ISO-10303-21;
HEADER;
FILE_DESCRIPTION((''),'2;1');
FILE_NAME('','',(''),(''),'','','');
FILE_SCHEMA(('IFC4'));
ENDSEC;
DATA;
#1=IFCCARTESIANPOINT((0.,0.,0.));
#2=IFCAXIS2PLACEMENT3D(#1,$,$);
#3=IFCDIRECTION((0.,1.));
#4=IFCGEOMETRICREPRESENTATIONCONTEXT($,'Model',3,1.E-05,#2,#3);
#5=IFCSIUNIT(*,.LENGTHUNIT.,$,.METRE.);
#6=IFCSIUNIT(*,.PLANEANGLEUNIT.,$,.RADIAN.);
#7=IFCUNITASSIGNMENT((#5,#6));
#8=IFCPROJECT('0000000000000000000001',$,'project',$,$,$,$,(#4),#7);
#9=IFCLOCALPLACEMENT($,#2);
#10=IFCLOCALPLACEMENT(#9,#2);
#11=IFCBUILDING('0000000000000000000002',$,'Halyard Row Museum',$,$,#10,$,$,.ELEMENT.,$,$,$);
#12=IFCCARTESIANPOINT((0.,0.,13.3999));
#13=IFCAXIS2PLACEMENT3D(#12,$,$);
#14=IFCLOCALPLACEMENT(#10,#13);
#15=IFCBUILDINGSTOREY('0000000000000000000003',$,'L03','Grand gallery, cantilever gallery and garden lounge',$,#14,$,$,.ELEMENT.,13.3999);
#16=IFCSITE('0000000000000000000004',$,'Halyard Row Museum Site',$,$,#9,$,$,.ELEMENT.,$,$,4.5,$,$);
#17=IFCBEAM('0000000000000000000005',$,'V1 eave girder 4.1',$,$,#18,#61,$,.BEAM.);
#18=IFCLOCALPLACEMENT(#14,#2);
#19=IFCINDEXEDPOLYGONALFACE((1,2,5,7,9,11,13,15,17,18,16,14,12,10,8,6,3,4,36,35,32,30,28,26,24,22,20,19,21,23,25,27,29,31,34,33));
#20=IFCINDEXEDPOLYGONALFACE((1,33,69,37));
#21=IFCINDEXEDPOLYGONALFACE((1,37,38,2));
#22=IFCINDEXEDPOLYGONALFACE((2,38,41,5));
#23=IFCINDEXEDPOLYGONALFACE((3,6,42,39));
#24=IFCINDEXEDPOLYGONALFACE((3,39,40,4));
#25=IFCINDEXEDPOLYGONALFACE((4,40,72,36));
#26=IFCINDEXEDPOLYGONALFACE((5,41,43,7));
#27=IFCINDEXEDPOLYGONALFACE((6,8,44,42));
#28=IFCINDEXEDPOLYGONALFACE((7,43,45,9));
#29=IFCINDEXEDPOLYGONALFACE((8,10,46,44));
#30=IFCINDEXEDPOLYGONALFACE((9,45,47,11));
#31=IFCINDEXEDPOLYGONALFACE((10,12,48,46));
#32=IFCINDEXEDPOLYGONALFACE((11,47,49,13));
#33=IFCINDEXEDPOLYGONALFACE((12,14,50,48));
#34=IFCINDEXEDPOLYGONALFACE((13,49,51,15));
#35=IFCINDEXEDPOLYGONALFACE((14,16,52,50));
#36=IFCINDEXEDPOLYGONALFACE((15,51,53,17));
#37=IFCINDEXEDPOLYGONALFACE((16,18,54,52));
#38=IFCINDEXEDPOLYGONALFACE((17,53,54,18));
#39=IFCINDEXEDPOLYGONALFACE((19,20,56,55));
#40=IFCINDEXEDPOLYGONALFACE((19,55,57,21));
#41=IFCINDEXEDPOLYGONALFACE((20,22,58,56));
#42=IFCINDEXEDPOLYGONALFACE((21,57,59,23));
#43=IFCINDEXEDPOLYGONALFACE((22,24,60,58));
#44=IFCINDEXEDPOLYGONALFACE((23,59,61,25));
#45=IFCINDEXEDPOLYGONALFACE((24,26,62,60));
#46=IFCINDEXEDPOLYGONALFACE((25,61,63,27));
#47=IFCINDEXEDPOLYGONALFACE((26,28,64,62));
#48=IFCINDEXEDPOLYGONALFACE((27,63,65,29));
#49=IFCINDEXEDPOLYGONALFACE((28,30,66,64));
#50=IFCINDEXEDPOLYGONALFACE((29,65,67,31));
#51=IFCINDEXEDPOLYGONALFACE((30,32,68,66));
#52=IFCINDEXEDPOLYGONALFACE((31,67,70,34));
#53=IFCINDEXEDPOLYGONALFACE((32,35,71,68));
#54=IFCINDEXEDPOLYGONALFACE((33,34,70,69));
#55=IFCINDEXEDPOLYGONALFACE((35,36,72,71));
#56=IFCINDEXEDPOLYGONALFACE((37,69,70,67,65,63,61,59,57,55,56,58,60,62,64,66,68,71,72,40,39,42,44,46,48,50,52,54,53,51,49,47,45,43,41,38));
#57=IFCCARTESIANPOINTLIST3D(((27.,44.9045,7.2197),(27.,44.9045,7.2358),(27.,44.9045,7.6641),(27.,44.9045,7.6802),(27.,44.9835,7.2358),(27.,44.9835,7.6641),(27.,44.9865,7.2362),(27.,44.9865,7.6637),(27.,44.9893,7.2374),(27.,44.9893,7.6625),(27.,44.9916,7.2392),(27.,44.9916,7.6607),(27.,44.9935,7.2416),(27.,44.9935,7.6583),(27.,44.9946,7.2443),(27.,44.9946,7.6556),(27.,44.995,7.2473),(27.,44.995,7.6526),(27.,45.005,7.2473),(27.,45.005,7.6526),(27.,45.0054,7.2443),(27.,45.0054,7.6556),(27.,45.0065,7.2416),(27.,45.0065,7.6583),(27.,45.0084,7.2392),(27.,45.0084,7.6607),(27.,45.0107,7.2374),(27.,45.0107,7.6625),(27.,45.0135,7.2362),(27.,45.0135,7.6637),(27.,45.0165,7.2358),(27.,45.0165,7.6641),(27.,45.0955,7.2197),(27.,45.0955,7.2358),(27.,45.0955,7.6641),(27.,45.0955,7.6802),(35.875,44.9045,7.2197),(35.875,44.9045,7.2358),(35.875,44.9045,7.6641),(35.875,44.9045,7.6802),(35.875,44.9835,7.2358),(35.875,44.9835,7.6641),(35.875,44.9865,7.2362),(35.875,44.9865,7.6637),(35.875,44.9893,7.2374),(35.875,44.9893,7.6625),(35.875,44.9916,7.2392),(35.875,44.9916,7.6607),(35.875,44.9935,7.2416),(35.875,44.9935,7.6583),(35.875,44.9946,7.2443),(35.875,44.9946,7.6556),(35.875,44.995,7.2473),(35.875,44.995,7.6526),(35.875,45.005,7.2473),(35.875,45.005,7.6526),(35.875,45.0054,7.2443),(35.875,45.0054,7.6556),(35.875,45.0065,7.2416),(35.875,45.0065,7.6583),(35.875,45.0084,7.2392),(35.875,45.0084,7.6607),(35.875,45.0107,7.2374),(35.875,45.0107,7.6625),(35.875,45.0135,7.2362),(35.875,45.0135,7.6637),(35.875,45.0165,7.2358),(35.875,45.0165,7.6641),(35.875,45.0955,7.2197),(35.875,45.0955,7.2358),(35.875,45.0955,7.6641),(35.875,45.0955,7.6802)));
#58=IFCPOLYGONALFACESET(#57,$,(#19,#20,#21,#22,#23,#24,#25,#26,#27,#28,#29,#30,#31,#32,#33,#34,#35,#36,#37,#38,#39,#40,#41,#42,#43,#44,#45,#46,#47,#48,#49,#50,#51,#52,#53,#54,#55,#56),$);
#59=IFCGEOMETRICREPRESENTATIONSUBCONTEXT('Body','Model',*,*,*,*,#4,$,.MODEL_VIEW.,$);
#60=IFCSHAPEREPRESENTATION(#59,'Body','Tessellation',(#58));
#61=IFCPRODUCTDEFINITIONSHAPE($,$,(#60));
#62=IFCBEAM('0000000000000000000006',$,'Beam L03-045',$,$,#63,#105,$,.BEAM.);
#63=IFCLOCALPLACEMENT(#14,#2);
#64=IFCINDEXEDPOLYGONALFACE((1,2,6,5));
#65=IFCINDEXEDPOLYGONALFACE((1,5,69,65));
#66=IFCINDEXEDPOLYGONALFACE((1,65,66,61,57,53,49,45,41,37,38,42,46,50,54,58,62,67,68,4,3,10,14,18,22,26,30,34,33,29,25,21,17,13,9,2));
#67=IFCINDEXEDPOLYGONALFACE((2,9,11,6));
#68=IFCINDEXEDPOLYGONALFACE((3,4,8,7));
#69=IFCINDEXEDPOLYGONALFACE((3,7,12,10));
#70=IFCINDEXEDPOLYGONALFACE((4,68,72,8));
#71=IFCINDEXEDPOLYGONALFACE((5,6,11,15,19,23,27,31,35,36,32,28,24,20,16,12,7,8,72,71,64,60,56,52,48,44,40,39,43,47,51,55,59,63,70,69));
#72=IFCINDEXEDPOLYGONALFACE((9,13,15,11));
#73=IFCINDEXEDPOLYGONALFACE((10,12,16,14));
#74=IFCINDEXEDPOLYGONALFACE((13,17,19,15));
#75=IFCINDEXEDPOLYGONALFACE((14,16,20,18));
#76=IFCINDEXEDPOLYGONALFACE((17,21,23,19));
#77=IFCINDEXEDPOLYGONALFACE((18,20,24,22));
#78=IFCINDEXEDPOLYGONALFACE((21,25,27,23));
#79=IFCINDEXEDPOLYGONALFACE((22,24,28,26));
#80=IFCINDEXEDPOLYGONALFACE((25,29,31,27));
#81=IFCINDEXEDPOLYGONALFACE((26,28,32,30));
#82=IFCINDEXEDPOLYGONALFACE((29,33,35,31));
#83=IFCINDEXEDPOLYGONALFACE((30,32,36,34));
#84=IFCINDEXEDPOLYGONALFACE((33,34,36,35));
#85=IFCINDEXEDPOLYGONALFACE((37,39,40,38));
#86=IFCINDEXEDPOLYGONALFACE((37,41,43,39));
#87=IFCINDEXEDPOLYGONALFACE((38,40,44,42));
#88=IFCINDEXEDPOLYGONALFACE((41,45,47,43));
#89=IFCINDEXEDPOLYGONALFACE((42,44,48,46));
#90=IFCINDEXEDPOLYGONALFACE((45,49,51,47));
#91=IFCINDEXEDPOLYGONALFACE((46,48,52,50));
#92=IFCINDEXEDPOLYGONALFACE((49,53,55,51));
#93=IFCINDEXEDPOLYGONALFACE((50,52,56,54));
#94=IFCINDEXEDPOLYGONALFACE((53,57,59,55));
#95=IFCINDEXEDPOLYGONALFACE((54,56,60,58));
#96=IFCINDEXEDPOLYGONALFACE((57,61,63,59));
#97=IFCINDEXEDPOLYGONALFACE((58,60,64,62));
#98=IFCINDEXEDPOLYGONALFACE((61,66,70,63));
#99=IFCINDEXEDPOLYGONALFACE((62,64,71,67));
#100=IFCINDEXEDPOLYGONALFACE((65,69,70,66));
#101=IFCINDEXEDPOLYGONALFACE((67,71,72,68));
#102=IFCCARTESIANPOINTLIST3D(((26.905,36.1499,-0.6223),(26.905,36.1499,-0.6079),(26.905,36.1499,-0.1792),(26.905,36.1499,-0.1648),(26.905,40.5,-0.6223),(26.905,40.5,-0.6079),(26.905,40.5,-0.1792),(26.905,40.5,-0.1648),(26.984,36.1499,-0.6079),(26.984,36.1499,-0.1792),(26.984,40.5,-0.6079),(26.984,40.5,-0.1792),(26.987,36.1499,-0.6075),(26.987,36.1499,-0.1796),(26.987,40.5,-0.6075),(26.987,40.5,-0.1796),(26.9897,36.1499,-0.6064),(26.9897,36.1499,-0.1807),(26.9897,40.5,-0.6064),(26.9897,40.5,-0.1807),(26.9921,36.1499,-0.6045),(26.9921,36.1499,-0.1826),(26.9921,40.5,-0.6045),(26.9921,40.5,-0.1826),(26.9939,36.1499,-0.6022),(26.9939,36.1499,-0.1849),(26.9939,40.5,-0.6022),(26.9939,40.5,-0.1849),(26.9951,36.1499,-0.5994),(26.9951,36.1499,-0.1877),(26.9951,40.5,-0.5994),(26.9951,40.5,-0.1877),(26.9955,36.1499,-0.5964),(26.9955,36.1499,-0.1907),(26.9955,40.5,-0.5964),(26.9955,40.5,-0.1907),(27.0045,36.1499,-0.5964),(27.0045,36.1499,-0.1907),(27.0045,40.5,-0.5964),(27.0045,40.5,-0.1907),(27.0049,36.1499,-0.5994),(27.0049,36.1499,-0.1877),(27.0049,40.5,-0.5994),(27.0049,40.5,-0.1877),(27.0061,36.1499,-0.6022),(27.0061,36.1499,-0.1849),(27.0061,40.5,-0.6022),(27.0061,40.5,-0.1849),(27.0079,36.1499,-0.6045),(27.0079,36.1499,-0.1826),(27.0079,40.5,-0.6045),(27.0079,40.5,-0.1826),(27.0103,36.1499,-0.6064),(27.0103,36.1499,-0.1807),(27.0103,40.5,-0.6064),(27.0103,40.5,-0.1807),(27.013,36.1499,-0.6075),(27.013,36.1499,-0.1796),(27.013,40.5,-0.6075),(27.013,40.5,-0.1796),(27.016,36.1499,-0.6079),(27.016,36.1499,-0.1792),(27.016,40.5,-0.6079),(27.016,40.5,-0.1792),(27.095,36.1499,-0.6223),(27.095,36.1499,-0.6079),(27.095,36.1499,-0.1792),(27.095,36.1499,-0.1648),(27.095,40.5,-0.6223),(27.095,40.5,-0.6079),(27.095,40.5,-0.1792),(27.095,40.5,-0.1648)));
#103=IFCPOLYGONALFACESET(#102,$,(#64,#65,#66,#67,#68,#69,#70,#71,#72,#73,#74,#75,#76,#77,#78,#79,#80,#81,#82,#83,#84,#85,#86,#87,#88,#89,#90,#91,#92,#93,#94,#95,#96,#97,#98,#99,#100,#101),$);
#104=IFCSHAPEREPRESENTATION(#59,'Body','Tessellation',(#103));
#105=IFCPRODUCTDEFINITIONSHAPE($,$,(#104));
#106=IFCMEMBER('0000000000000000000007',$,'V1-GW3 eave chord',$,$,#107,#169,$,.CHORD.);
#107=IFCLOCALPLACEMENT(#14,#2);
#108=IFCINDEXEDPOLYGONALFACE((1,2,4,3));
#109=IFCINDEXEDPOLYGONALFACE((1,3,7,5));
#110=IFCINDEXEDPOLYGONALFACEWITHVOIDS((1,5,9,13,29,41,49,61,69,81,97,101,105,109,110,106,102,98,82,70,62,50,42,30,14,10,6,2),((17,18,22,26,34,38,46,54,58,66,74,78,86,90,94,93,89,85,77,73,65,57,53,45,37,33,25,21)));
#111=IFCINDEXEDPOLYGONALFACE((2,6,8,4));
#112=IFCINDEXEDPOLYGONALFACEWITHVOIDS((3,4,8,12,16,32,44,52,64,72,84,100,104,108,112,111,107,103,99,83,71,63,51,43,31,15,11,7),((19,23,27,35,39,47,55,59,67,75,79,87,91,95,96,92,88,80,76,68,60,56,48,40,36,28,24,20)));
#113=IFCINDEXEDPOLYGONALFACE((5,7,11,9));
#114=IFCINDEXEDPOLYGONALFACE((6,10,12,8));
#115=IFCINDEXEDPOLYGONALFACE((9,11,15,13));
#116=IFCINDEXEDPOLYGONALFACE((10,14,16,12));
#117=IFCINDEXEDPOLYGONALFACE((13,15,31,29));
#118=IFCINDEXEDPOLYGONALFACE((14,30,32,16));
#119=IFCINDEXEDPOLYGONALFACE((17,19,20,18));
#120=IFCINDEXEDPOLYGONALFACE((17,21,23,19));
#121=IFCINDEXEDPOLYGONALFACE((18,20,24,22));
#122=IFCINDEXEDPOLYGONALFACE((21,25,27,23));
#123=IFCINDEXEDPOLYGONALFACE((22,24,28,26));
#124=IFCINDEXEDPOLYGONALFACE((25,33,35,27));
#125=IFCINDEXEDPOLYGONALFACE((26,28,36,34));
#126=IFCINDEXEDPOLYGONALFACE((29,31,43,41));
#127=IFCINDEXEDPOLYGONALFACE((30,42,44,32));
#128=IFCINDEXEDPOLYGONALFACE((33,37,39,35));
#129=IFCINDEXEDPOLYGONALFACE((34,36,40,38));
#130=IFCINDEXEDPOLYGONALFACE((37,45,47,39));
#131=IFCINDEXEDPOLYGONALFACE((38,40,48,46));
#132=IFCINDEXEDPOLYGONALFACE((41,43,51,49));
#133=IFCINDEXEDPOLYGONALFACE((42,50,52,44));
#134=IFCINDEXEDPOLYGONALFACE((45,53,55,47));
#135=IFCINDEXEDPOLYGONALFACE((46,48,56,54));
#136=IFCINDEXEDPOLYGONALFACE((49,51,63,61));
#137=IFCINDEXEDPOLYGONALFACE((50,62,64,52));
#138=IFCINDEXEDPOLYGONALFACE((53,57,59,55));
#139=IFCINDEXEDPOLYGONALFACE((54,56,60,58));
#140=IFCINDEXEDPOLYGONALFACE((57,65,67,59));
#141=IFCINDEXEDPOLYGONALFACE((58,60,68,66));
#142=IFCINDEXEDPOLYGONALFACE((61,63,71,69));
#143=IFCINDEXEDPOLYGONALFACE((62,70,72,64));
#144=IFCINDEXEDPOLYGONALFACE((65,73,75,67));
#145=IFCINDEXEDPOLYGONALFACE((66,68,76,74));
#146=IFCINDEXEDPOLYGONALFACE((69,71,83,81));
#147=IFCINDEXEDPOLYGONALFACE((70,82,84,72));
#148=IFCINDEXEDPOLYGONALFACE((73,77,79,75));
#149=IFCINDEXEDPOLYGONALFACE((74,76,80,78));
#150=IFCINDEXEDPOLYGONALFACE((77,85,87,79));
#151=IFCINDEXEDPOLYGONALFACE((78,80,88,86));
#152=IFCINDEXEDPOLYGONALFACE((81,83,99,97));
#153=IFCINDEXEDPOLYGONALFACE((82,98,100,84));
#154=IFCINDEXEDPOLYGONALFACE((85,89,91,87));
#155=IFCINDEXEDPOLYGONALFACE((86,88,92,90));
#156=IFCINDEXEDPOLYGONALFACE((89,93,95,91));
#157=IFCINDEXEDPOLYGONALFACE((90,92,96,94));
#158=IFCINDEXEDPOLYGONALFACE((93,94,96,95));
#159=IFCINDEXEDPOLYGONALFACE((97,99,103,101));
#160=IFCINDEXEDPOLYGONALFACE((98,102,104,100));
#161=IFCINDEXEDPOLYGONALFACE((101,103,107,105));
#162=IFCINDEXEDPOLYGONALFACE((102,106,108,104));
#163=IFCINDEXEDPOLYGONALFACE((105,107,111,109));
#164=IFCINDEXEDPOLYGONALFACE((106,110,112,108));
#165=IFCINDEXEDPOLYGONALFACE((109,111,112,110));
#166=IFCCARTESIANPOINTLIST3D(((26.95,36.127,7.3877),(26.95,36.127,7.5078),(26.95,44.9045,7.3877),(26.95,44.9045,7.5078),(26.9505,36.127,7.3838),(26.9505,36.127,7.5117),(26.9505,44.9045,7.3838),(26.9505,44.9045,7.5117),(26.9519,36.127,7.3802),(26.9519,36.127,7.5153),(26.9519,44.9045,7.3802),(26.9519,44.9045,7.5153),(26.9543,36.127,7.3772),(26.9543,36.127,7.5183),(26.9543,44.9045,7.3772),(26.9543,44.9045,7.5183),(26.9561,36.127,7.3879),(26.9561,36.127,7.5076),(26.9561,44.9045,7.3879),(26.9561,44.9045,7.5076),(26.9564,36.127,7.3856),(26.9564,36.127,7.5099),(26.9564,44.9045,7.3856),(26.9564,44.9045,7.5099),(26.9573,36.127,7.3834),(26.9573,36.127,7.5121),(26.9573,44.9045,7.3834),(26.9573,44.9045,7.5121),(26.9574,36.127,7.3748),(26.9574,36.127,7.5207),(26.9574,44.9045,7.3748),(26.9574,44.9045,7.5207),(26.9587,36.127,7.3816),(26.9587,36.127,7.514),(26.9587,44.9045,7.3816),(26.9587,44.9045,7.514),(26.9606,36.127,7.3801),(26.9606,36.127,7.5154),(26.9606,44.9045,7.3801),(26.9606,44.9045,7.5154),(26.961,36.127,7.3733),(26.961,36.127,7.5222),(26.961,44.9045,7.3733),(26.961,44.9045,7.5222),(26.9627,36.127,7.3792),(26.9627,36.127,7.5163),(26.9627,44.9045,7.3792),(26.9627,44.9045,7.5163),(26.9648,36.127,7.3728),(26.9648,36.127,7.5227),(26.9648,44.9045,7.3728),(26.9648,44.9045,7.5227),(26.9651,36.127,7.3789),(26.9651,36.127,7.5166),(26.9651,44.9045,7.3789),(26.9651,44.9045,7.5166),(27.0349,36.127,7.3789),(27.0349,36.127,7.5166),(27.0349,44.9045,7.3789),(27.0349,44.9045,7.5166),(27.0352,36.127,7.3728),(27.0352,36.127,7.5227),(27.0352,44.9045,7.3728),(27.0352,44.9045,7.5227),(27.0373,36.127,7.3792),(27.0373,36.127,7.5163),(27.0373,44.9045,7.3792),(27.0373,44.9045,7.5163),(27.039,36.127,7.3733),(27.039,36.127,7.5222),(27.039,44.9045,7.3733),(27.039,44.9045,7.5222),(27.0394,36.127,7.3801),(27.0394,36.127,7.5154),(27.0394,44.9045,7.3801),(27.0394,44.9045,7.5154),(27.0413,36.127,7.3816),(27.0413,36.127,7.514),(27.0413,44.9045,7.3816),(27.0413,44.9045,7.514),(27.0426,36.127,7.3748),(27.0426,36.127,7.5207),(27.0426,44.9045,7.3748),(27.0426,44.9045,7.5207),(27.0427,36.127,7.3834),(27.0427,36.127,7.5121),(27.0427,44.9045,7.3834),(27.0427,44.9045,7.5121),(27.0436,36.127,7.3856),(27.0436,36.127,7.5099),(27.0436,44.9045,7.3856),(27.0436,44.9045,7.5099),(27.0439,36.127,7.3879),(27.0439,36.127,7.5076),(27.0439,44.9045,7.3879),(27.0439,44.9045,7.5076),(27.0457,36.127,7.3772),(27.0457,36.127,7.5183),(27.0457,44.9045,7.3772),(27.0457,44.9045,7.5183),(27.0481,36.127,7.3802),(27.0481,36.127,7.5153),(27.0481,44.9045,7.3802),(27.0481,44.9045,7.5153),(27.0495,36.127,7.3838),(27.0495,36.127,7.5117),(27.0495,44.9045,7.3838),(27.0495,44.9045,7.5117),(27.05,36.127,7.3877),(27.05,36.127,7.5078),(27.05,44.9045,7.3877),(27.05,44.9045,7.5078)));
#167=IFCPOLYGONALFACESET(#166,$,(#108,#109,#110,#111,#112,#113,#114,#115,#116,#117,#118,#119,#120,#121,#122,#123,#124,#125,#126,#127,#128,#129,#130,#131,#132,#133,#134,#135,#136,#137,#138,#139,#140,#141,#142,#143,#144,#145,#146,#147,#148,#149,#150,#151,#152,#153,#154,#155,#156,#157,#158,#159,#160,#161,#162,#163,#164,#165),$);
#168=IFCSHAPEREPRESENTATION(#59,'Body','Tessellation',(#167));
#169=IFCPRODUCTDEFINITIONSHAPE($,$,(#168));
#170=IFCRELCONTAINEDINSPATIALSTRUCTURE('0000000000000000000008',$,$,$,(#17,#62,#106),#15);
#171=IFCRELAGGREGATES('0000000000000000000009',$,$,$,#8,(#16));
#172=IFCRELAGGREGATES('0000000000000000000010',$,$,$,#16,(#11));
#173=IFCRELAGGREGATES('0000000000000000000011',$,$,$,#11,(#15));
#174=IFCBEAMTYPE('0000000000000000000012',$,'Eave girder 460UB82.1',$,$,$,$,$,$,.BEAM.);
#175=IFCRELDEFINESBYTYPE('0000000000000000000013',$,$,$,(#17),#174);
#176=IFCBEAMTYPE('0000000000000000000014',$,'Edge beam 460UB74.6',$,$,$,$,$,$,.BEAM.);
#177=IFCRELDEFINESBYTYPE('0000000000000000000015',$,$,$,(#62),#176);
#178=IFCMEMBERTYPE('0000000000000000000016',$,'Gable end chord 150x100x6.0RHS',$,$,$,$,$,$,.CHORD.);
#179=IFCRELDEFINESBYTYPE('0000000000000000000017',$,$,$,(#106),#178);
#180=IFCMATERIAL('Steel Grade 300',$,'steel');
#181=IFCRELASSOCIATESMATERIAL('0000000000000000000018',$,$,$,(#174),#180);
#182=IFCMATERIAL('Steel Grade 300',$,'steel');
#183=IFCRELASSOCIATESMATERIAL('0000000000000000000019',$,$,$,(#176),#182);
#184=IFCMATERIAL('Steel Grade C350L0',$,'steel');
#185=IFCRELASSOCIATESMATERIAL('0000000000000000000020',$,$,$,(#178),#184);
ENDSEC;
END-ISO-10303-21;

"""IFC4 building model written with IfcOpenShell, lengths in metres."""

from ifc_helpers import new_model, si_unit, direction, frame, origin, origin_2d, place, context, subcontext, project, spatial, hollow_rectangle, i_section, extrude, material, material_profile, profile_set, type_object, element, save


model = new_model("IFC4")

# Units and contexts
model_context = context("Model", 3, precision=1e-05, world=origin(), true_north=direction((0.0, 1.0)))
body_context = subcontext(model_context, "Body", "Model", "MODEL_VIEW")
ifc_project = project(units=[si_unit("LENGTHUNIT", "METRE"), si_unit("PLANEANGLEUNIT", "RADIAN")], contexts=[model_context])

# Site, building, storey
site_placement = place(None, origin())
site = spatial("IfcSite", under=ifc_project, at=site_placement, Name="Halyard Row Museum Site", CompositionType="ELEMENT", RefElevation=4.5)
building_placement = place(site_placement, origin())
building = spatial("IfcBuilding", under=site, at=building_placement, Name="Halyard Row Museum", CompositionType="ELEMENT")
storey_placement = place(building_placement, frame((0.0, 0.0, 13.3999)))
storey = spatial("IfcBuildingStorey", under=building, at=storey_placement, Name="L03", Description="Grand gallery, cantilever gallery and garden lounge", CompositionType="ELEMENT", Elevation=13.3999)

# Beams
ifc_material_1 = material(Name="Steel Grade 300", Category="steel")
ifc_material_profile_1 = material_profile(ifc_material_1, i_section(OverallWidth=0.1909, OverallDepth=0.4604, WebThickness=0.01, FlangeThickness=0.0161, FilletRadius=0.0115, at=origin_2d()), Name="460UB82.1")
ifc_profile_set_1 = profile_set([ifc_material_profile_1], Name="Steel Grade 300")
beam_type_1 = type_object("IfcBeamType", Name="Eave girder 460UB82.1", PredefinedType="BEAM", material=ifc_profile_set_1)
beam_1_placement = place(storey_placement, frame((27.0, 45.0, 7.45), z_axis=(1.0, 0.0, 0.0), x_axis=(0.0, 1.0, 0.0)))
element("IfcBeam", 1, at=beam_1_placement, inside=storey, type_object=beam_type_1, Name="V1 eave girder 4.1", PredefinedType="BEAM", context=body_context, shape_type="SweptSolid", body=[
    extrude(i_section(OverallWidth=0.1909, OverallDepth=0.4604, WebThickness=0.01, FlangeThickness=0.0161, FilletRadius=0.0115, at=origin_2d()), origin(), (0.0, 0.0, 1.0), 8.875),
])
ifc_material_2 = material(Name="Steel Grade 300", Category="steel")
ifc_material_profile_2 = material_profile(ifc_material_2, i_section(OverallWidth=0.1899, OverallDepth=0.4575, WebThickness=0.009, FlangeThickness=0.0144, FilletRadius=0.0115, at=origin_2d()), Name="460UB74.6")
ifc_profile_set_2 = profile_set([ifc_material_profile_2], Name="Steel Grade 300")
beam_type_2 = type_object("IfcBeamType", Name="Edge beam 460UB74.6", PredefinedType="BEAM", material=ifc_profile_set_2)
beam_2_placement = place(storey_placement, frame((27.0, 36.1499, -0.3936), z_axis=(0.0, 1.0, 0.0), x_axis=(-1.0, 0.0, 0.0)))
element("IfcBeam", 2, at=beam_2_placement, inside=storey, type_object=beam_type_2, Name="Beam L03-045", PredefinedType="BEAM", context=body_context, shape_type="SweptSolid", body=[
    extrude(i_section(OverallWidth=0.1899, OverallDepth=0.4575, WebThickness=0.009, FlangeThickness=0.0144, FilletRadius=0.0115, at=origin_2d()), origin(), (0.0, 0.0, 1.0), 4.3501),
])

# Member
ifc_material_3 = material(Name="Steel Grade C350L0", Category="steel")
ifc_material_profile_3 = material_profile(ifc_material_3, hollow_rectangle(XDim=0.1001, YDim=0.1499, WallThickness=0.0061, InnerFilletRadius=0.009, OuterFilletRadius=0.0149, at=origin_2d()), Name="150x100x6.0RHS")
ifc_profile_set_3 = profile_set([ifc_material_profile_3], Name="Steel Grade C350L0")
member_type_1 = type_object("IfcMemberType", Name="Gable end chord 150x100x6.0RHS", PredefinedType="CHORD", material=ifc_profile_set_3)
member_1_placement = place(storey_placement, frame((27.0, 36.127, 7.4478), z_axis=(0.0, 1.0, 0.0), x_axis=(-1.0, 0.0, 0.0)))
element("IfcMember", 3, at=member_1_placement, inside=storey, type_object=member_type_1, Name="V1-GW3 eave chord", PredefinedType="CHORD", context=body_context, shape_type="SweptSolid", body=[
    extrude(hollow_rectangle(XDim=0.1001, YDim=0.1499, WallThickness=0.0061, InnerFilletRadius=0.009, OuterFilletRadius=0.0149, at=origin_2d()), origin(), (0.0, 0.0, 1.0), 8.7776),
])

save(model, "model.ifc")
